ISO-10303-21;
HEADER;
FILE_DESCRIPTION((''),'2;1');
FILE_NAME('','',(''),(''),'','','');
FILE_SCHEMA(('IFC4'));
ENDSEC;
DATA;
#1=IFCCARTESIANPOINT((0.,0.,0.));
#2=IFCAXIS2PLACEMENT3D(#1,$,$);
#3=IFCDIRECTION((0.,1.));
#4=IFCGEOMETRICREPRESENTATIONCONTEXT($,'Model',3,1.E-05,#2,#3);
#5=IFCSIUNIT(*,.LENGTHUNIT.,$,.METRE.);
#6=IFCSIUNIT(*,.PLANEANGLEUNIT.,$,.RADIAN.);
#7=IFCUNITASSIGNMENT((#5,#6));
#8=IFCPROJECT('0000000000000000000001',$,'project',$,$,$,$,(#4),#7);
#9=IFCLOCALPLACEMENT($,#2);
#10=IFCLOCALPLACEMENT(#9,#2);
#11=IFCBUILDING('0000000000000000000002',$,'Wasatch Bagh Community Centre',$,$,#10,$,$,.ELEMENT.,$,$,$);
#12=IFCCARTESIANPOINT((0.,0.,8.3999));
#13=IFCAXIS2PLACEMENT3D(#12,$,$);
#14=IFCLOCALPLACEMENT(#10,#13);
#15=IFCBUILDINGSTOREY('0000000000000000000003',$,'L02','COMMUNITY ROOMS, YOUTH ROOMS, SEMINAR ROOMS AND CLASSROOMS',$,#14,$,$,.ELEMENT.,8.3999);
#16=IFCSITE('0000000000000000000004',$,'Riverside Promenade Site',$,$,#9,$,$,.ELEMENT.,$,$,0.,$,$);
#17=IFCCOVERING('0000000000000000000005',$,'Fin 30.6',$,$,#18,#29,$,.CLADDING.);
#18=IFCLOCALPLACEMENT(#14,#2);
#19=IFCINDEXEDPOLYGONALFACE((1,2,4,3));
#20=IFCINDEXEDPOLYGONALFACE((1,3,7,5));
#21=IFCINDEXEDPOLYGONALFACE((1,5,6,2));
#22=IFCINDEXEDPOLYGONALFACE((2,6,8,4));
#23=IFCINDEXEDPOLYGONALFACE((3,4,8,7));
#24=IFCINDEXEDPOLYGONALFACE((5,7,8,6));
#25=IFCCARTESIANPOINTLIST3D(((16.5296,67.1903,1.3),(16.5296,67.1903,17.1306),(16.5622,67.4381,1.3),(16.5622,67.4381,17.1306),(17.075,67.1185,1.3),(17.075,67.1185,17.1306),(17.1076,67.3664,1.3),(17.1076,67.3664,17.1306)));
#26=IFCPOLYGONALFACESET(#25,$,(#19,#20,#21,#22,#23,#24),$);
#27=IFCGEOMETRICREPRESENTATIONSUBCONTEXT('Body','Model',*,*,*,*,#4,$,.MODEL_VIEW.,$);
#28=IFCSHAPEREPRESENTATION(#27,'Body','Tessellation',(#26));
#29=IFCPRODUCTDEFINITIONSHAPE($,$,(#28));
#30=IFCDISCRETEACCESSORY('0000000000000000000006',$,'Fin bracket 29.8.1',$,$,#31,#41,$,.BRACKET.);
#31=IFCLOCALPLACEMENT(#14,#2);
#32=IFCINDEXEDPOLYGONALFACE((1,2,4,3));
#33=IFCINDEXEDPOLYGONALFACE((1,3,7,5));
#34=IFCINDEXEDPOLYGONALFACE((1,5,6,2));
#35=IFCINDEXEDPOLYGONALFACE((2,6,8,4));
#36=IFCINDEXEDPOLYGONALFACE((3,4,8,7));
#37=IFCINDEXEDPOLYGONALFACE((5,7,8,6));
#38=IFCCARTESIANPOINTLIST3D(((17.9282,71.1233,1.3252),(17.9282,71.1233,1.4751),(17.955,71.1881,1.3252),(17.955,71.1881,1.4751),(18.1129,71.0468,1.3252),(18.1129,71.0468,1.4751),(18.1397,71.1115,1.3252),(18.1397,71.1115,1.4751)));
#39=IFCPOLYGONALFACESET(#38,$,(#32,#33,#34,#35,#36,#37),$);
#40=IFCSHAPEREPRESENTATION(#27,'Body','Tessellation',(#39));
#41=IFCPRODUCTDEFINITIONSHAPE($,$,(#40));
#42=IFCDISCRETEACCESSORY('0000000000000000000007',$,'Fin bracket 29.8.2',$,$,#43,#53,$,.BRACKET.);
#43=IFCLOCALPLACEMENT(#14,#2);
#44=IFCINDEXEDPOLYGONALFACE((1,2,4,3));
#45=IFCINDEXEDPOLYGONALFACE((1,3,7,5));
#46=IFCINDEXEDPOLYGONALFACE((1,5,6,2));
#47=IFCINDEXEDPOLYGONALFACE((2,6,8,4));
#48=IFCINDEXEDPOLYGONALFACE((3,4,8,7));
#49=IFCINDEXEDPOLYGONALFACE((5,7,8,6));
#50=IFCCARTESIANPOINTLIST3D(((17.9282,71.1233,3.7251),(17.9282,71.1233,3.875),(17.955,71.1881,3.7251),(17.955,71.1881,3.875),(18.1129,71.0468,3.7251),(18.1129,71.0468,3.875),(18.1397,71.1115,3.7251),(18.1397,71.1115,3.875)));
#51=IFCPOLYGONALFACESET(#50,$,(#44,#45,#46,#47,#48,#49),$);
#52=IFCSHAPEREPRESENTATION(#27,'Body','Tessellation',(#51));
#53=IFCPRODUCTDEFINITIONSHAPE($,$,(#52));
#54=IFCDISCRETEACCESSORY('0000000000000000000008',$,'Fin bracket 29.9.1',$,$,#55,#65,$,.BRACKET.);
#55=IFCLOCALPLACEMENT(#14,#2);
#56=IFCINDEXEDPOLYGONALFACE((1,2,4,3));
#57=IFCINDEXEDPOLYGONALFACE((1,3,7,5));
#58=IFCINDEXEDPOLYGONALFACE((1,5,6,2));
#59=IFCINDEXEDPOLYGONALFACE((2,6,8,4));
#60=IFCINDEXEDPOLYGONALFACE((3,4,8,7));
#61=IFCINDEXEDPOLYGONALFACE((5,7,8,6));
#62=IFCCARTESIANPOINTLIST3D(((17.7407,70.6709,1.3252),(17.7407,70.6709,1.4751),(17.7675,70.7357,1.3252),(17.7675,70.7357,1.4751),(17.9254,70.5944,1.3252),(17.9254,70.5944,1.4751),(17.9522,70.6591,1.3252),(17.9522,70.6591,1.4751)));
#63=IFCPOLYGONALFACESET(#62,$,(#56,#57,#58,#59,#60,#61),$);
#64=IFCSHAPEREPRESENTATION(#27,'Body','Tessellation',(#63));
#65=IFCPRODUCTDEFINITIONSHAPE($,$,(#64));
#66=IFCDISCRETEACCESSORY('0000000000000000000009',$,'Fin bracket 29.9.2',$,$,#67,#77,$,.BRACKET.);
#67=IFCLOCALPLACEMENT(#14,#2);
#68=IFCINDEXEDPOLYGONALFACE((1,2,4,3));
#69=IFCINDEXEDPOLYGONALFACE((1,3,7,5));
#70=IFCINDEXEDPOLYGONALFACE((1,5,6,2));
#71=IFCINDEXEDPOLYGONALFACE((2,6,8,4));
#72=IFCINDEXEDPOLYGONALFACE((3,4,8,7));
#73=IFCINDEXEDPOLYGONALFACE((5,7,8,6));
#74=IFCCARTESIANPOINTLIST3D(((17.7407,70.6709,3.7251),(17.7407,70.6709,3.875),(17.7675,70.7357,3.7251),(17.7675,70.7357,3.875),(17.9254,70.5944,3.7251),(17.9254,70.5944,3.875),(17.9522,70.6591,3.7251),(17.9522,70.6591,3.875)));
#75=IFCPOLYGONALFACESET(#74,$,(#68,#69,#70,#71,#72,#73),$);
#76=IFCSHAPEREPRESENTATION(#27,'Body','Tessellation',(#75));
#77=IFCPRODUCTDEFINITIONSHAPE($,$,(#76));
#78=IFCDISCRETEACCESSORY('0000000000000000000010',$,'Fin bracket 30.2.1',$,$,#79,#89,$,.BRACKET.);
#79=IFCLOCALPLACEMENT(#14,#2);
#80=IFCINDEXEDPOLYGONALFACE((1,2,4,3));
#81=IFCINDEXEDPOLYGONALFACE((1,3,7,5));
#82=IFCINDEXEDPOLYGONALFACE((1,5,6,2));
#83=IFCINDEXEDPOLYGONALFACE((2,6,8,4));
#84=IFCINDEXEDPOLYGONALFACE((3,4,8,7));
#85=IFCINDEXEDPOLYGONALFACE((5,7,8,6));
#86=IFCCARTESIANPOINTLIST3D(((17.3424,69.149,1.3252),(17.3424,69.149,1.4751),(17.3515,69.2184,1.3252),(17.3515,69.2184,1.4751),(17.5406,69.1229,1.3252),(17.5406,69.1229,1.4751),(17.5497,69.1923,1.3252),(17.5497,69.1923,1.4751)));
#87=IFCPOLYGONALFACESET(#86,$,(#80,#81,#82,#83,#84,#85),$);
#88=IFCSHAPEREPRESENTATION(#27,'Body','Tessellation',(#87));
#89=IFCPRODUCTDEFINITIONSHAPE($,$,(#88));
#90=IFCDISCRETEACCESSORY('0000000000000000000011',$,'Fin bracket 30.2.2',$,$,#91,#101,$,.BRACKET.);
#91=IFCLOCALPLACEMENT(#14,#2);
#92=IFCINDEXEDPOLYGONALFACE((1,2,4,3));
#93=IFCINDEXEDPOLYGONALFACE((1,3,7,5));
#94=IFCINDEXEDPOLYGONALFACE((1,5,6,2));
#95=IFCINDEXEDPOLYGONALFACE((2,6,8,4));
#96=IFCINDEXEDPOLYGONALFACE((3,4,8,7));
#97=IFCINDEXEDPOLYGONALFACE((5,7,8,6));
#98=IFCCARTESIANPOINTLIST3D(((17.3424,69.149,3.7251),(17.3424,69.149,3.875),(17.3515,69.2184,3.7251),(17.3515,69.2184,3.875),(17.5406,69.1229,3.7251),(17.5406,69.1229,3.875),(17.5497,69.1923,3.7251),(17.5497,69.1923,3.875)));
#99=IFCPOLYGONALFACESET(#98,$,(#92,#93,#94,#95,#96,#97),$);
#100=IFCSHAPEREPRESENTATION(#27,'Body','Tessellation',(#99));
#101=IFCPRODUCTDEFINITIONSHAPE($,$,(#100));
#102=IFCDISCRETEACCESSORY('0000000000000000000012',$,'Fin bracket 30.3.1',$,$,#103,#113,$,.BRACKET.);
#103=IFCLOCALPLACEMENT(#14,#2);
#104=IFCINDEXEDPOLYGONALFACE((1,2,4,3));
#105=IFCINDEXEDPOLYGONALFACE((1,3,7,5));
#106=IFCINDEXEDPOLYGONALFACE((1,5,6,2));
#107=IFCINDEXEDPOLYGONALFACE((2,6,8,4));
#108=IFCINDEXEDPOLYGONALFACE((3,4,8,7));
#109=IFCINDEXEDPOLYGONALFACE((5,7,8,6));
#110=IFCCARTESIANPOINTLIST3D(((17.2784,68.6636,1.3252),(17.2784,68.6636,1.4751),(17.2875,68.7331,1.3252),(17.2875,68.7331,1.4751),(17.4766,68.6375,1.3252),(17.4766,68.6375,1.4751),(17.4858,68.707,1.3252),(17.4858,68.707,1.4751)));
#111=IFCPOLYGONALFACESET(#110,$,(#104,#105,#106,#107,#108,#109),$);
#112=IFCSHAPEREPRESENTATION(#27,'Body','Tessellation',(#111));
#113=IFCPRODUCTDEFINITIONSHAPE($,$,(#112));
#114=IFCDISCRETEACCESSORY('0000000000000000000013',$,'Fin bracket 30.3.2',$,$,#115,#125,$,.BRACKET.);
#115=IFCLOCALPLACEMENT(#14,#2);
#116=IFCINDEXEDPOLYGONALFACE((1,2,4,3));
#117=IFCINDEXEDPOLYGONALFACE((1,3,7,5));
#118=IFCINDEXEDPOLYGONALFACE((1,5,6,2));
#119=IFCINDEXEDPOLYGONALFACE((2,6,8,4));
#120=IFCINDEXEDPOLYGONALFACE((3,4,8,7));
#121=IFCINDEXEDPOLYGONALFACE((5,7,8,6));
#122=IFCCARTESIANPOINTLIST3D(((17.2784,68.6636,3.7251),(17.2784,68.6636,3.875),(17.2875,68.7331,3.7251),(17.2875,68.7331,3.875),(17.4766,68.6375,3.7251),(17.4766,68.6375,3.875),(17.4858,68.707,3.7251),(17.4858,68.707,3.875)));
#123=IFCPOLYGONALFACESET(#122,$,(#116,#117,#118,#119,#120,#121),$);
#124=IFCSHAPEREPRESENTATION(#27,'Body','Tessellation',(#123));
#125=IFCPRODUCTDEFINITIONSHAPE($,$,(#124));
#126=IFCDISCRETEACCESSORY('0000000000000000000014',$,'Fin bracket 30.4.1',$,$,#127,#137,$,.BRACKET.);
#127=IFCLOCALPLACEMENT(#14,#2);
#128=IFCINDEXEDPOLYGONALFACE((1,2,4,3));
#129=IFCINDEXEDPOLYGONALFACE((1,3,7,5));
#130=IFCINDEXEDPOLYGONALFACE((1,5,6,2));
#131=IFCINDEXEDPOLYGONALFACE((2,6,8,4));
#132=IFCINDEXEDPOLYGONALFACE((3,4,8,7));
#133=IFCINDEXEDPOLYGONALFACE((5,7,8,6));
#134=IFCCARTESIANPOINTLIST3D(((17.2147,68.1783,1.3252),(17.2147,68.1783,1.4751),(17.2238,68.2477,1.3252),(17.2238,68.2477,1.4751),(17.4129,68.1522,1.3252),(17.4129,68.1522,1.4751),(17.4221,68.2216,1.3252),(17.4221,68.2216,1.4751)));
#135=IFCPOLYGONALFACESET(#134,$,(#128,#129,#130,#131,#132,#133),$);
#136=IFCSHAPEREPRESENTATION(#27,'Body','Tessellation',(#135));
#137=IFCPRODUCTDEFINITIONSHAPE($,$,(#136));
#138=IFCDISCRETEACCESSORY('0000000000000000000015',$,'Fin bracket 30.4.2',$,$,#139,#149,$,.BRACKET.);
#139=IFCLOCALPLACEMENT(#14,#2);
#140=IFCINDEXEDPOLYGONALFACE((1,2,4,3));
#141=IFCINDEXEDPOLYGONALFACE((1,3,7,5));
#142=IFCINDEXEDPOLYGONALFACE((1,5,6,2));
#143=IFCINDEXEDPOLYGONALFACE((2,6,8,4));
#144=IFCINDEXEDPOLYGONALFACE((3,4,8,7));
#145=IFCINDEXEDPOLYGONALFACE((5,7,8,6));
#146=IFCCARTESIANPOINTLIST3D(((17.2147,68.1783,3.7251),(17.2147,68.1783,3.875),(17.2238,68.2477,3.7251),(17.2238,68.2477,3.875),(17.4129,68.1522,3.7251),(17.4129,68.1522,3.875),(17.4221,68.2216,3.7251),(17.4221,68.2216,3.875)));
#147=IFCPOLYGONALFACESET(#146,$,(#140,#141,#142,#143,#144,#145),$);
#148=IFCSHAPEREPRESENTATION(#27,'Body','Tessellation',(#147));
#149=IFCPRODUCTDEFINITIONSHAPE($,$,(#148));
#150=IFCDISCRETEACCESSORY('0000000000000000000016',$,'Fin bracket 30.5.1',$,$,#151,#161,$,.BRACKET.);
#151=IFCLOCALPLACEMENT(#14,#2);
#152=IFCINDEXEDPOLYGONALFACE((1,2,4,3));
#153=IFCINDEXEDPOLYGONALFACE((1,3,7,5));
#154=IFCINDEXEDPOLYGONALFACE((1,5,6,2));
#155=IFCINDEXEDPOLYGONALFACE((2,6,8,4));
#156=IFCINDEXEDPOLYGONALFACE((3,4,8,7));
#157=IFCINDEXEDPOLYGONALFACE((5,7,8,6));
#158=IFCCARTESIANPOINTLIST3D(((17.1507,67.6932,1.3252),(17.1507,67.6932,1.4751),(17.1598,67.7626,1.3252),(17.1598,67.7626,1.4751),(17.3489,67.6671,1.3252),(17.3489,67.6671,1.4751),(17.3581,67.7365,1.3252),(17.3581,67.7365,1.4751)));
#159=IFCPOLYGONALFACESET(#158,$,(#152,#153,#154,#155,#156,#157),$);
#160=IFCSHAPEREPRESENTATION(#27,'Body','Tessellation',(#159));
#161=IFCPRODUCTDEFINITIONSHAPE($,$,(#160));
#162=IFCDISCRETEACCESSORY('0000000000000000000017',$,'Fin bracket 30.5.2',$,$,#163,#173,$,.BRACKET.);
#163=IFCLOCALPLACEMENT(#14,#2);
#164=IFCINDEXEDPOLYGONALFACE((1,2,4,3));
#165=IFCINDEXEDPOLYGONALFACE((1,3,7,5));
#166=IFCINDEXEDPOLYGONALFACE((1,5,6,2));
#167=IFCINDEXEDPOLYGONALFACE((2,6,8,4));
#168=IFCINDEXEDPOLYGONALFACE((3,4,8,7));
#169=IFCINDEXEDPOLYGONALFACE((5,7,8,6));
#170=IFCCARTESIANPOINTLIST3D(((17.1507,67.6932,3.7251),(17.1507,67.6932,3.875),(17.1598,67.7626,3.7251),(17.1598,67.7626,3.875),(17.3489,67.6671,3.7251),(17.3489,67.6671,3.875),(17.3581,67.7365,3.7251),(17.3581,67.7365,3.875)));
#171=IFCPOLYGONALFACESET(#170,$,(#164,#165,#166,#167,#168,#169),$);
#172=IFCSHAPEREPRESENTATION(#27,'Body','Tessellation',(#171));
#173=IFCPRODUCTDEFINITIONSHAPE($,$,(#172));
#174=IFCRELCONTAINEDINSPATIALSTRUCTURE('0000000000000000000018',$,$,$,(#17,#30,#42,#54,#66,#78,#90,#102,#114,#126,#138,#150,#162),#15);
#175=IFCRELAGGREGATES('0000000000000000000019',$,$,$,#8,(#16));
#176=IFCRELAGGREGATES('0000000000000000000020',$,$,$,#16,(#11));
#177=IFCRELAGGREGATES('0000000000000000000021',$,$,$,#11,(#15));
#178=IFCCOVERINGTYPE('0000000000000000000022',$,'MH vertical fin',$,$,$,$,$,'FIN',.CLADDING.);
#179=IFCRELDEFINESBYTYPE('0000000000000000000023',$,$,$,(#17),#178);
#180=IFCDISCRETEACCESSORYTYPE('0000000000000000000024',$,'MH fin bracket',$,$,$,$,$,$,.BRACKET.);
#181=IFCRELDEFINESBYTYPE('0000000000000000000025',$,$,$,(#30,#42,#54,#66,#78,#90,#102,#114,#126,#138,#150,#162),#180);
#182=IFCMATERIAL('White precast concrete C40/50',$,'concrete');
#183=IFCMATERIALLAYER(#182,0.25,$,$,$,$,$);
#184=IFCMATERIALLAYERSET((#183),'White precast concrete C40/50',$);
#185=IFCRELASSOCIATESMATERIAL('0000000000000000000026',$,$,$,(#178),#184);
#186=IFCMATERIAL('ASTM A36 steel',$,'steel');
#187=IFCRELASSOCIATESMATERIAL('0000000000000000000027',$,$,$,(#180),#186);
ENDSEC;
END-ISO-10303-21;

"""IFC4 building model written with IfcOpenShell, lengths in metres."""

from ifc_helpers import new_model, si_unit, direction, frame, origin, origin_2d, place, context, subcontext, project, spatial, rectangle, extrude, material, layer, layer_set, type_object, element, save


model = new_model("IFC4")

# Units and contexts
model_context = context("Model", 3, precision=1e-05, world=origin(), true_north=direction((0.0, 1.0)))
body_context = subcontext(model_context, "Body", "Model", "MODEL_VIEW")
ifc_project = project(units=[si_unit("LENGTHUNIT", "METRE"), si_unit("PLANEANGLEUNIT", "RADIAN")], contexts=[model_context])

# Site, building, storey
site_placement = place(None, origin())
site = spatial("IfcSite", under=ifc_project, at=site_placement, Name="Riverside Promenade Site", CompositionType="ELEMENT", RefElevation=0.0)
building_placement = place(site_placement, origin())
building = spatial("IfcBuilding", under=site, at=building_placement, Name="Wasatch Bagh Community Centre", CompositionType="ELEMENT")
storey_placement = place(building_placement, frame((0.0, 0.0, 8.3999)))
storey = spatial("IfcBuildingStorey", under=building, at=storey_placement, Name="L02", Description="COMMUNITY ROOMS, YOUTH ROOMS, SEMINAR ROOMS AND CLASSROOMS", CompositionType="ELEMENT", Elevation=8.3999)

# Covering
ifc_material_1 = material(Name="White precast concrete C40/50", Category="concrete")
ifc_layer_1 = layer(ifc_material_1, 0.25)
ifc_layer_set_1 = layer_set([ifc_layer_1], Name="White precast concrete C40/50")
covering_type_1 = type_object("IfcCoveringType", Name="MH vertical fin", ElementType="FIN", PredefinedType="CLADDING", material=ifc_layer_set_1)
covering_1_placement = place(storey_placement, frame((16.8186, 67.2783, 1.3), z_axis=(0.0, 0.0, 1.0), x_axis=(-0.130526, -0.991445, 0.0)))
element("IfcCovering", 1, at=covering_1_placement, inside=storey, type_object=covering_type_1, Name="Fin 30.6", PredefinedType="CLADDING", context=body_context, shape_type="SweptSolid", body=[
    extrude(rectangle(XDim=0.25, YDim=0.55, at=origin_2d()), origin(), (0.0, 0.0, 1.0), 15.8306),
])

# Discrete accessories
ifc_material_2 = material(Name="ASTM A36 steel", Category="steel")
discrete_accessory_type = type_object("IfcDiscreteAccessoryType", Name="MH fin bracket", PredefinedType="BRACKET", material=ifc_material_2)
for number, where, z_axis, x_axis, name in (
    (2, (18.0339, 71.1174, 1.3252), (0.0, 0.0, 1.0), (-0.382683, -0.92388, 0.0), "Fin bracket 29.8.1"),
    (3, (18.0339, 71.1174, 3.7251), (0.0, 0.0, 1.0), (-0.382683, -0.92388, 0.0), "Fin bracket 29.8.2"),
    (4, (17.8464, 70.665, 1.3252), (0.0, 0.0, 1.0), (-0.382683, -0.92388, 0.0), "Fin bracket 29.9.1"),
    (5, (17.8464, 70.665, 3.7251), (0.0, 0.0, 1.0), (-0.382683, -0.92388, 0.0), "Fin bracket 29.9.2"),
    (6, (17.446, 69.1707, 1.3252), (0.0, 0.0, 1.0), (-0.130526, -0.991445, 0.0), "Fin bracket 30.2.1"),
    (7, (17.446, 69.1707, 3.7251), (0.0, 0.0, 1.0), (-0.130526, -0.991445, 0.0), "Fin bracket 30.2.2"),
    (8, (17.3821, 68.6853, 1.3252), (0.0, 0.0, 1.0), (-0.130526, -0.991445, 0.0), "Fin bracket 30.3.1"),
    (9, (17.3821, 68.6853, 3.7251), (0.0, 0.0, 1.0), (-0.130526, -0.991445, 0.0), "Fin bracket 30.3.2"),
    (10, (17.3184, 68.2, 1.3252), (0.0, 0.0, 1.0), (-0.130526, -0.991445, 0.0), "Fin bracket 30.4.1"),
    (11, (17.3184, 68.2, 3.7251), (0.0, 0.0, 1.0), (-0.130526, -0.991445, 0.0), "Fin bracket 30.4.2"),
    (12, (17.2544, 67.7148, 1.3252), (0.0, 0.0, 1.0), (-0.130526, -0.991445, 0.0), "Fin bracket 30.5.1"),
    (13, (17.2544, 67.7148, 3.7251), (0.0, 0.0, 1.0), (-0.130526, -0.991445, 0.0), "Fin bracket 30.5.2"),
):
    element("IfcDiscreteAccessory", number, at=place(storey_placement, frame(where, z_axis=z_axis, x_axis=x_axis)), inside=storey, type_object=discrete_accessory_type, Name=name, PredefinedType="BRACKET", context=body_context, shape_type="SweptSolid", body=[
        extrude(rectangle(XDim=0.0701, YDim=0.2, at=origin_2d()), origin(), (0.0, 0.0, 1.0), 0.1499),
    ])

save(model, "model.ifc")
